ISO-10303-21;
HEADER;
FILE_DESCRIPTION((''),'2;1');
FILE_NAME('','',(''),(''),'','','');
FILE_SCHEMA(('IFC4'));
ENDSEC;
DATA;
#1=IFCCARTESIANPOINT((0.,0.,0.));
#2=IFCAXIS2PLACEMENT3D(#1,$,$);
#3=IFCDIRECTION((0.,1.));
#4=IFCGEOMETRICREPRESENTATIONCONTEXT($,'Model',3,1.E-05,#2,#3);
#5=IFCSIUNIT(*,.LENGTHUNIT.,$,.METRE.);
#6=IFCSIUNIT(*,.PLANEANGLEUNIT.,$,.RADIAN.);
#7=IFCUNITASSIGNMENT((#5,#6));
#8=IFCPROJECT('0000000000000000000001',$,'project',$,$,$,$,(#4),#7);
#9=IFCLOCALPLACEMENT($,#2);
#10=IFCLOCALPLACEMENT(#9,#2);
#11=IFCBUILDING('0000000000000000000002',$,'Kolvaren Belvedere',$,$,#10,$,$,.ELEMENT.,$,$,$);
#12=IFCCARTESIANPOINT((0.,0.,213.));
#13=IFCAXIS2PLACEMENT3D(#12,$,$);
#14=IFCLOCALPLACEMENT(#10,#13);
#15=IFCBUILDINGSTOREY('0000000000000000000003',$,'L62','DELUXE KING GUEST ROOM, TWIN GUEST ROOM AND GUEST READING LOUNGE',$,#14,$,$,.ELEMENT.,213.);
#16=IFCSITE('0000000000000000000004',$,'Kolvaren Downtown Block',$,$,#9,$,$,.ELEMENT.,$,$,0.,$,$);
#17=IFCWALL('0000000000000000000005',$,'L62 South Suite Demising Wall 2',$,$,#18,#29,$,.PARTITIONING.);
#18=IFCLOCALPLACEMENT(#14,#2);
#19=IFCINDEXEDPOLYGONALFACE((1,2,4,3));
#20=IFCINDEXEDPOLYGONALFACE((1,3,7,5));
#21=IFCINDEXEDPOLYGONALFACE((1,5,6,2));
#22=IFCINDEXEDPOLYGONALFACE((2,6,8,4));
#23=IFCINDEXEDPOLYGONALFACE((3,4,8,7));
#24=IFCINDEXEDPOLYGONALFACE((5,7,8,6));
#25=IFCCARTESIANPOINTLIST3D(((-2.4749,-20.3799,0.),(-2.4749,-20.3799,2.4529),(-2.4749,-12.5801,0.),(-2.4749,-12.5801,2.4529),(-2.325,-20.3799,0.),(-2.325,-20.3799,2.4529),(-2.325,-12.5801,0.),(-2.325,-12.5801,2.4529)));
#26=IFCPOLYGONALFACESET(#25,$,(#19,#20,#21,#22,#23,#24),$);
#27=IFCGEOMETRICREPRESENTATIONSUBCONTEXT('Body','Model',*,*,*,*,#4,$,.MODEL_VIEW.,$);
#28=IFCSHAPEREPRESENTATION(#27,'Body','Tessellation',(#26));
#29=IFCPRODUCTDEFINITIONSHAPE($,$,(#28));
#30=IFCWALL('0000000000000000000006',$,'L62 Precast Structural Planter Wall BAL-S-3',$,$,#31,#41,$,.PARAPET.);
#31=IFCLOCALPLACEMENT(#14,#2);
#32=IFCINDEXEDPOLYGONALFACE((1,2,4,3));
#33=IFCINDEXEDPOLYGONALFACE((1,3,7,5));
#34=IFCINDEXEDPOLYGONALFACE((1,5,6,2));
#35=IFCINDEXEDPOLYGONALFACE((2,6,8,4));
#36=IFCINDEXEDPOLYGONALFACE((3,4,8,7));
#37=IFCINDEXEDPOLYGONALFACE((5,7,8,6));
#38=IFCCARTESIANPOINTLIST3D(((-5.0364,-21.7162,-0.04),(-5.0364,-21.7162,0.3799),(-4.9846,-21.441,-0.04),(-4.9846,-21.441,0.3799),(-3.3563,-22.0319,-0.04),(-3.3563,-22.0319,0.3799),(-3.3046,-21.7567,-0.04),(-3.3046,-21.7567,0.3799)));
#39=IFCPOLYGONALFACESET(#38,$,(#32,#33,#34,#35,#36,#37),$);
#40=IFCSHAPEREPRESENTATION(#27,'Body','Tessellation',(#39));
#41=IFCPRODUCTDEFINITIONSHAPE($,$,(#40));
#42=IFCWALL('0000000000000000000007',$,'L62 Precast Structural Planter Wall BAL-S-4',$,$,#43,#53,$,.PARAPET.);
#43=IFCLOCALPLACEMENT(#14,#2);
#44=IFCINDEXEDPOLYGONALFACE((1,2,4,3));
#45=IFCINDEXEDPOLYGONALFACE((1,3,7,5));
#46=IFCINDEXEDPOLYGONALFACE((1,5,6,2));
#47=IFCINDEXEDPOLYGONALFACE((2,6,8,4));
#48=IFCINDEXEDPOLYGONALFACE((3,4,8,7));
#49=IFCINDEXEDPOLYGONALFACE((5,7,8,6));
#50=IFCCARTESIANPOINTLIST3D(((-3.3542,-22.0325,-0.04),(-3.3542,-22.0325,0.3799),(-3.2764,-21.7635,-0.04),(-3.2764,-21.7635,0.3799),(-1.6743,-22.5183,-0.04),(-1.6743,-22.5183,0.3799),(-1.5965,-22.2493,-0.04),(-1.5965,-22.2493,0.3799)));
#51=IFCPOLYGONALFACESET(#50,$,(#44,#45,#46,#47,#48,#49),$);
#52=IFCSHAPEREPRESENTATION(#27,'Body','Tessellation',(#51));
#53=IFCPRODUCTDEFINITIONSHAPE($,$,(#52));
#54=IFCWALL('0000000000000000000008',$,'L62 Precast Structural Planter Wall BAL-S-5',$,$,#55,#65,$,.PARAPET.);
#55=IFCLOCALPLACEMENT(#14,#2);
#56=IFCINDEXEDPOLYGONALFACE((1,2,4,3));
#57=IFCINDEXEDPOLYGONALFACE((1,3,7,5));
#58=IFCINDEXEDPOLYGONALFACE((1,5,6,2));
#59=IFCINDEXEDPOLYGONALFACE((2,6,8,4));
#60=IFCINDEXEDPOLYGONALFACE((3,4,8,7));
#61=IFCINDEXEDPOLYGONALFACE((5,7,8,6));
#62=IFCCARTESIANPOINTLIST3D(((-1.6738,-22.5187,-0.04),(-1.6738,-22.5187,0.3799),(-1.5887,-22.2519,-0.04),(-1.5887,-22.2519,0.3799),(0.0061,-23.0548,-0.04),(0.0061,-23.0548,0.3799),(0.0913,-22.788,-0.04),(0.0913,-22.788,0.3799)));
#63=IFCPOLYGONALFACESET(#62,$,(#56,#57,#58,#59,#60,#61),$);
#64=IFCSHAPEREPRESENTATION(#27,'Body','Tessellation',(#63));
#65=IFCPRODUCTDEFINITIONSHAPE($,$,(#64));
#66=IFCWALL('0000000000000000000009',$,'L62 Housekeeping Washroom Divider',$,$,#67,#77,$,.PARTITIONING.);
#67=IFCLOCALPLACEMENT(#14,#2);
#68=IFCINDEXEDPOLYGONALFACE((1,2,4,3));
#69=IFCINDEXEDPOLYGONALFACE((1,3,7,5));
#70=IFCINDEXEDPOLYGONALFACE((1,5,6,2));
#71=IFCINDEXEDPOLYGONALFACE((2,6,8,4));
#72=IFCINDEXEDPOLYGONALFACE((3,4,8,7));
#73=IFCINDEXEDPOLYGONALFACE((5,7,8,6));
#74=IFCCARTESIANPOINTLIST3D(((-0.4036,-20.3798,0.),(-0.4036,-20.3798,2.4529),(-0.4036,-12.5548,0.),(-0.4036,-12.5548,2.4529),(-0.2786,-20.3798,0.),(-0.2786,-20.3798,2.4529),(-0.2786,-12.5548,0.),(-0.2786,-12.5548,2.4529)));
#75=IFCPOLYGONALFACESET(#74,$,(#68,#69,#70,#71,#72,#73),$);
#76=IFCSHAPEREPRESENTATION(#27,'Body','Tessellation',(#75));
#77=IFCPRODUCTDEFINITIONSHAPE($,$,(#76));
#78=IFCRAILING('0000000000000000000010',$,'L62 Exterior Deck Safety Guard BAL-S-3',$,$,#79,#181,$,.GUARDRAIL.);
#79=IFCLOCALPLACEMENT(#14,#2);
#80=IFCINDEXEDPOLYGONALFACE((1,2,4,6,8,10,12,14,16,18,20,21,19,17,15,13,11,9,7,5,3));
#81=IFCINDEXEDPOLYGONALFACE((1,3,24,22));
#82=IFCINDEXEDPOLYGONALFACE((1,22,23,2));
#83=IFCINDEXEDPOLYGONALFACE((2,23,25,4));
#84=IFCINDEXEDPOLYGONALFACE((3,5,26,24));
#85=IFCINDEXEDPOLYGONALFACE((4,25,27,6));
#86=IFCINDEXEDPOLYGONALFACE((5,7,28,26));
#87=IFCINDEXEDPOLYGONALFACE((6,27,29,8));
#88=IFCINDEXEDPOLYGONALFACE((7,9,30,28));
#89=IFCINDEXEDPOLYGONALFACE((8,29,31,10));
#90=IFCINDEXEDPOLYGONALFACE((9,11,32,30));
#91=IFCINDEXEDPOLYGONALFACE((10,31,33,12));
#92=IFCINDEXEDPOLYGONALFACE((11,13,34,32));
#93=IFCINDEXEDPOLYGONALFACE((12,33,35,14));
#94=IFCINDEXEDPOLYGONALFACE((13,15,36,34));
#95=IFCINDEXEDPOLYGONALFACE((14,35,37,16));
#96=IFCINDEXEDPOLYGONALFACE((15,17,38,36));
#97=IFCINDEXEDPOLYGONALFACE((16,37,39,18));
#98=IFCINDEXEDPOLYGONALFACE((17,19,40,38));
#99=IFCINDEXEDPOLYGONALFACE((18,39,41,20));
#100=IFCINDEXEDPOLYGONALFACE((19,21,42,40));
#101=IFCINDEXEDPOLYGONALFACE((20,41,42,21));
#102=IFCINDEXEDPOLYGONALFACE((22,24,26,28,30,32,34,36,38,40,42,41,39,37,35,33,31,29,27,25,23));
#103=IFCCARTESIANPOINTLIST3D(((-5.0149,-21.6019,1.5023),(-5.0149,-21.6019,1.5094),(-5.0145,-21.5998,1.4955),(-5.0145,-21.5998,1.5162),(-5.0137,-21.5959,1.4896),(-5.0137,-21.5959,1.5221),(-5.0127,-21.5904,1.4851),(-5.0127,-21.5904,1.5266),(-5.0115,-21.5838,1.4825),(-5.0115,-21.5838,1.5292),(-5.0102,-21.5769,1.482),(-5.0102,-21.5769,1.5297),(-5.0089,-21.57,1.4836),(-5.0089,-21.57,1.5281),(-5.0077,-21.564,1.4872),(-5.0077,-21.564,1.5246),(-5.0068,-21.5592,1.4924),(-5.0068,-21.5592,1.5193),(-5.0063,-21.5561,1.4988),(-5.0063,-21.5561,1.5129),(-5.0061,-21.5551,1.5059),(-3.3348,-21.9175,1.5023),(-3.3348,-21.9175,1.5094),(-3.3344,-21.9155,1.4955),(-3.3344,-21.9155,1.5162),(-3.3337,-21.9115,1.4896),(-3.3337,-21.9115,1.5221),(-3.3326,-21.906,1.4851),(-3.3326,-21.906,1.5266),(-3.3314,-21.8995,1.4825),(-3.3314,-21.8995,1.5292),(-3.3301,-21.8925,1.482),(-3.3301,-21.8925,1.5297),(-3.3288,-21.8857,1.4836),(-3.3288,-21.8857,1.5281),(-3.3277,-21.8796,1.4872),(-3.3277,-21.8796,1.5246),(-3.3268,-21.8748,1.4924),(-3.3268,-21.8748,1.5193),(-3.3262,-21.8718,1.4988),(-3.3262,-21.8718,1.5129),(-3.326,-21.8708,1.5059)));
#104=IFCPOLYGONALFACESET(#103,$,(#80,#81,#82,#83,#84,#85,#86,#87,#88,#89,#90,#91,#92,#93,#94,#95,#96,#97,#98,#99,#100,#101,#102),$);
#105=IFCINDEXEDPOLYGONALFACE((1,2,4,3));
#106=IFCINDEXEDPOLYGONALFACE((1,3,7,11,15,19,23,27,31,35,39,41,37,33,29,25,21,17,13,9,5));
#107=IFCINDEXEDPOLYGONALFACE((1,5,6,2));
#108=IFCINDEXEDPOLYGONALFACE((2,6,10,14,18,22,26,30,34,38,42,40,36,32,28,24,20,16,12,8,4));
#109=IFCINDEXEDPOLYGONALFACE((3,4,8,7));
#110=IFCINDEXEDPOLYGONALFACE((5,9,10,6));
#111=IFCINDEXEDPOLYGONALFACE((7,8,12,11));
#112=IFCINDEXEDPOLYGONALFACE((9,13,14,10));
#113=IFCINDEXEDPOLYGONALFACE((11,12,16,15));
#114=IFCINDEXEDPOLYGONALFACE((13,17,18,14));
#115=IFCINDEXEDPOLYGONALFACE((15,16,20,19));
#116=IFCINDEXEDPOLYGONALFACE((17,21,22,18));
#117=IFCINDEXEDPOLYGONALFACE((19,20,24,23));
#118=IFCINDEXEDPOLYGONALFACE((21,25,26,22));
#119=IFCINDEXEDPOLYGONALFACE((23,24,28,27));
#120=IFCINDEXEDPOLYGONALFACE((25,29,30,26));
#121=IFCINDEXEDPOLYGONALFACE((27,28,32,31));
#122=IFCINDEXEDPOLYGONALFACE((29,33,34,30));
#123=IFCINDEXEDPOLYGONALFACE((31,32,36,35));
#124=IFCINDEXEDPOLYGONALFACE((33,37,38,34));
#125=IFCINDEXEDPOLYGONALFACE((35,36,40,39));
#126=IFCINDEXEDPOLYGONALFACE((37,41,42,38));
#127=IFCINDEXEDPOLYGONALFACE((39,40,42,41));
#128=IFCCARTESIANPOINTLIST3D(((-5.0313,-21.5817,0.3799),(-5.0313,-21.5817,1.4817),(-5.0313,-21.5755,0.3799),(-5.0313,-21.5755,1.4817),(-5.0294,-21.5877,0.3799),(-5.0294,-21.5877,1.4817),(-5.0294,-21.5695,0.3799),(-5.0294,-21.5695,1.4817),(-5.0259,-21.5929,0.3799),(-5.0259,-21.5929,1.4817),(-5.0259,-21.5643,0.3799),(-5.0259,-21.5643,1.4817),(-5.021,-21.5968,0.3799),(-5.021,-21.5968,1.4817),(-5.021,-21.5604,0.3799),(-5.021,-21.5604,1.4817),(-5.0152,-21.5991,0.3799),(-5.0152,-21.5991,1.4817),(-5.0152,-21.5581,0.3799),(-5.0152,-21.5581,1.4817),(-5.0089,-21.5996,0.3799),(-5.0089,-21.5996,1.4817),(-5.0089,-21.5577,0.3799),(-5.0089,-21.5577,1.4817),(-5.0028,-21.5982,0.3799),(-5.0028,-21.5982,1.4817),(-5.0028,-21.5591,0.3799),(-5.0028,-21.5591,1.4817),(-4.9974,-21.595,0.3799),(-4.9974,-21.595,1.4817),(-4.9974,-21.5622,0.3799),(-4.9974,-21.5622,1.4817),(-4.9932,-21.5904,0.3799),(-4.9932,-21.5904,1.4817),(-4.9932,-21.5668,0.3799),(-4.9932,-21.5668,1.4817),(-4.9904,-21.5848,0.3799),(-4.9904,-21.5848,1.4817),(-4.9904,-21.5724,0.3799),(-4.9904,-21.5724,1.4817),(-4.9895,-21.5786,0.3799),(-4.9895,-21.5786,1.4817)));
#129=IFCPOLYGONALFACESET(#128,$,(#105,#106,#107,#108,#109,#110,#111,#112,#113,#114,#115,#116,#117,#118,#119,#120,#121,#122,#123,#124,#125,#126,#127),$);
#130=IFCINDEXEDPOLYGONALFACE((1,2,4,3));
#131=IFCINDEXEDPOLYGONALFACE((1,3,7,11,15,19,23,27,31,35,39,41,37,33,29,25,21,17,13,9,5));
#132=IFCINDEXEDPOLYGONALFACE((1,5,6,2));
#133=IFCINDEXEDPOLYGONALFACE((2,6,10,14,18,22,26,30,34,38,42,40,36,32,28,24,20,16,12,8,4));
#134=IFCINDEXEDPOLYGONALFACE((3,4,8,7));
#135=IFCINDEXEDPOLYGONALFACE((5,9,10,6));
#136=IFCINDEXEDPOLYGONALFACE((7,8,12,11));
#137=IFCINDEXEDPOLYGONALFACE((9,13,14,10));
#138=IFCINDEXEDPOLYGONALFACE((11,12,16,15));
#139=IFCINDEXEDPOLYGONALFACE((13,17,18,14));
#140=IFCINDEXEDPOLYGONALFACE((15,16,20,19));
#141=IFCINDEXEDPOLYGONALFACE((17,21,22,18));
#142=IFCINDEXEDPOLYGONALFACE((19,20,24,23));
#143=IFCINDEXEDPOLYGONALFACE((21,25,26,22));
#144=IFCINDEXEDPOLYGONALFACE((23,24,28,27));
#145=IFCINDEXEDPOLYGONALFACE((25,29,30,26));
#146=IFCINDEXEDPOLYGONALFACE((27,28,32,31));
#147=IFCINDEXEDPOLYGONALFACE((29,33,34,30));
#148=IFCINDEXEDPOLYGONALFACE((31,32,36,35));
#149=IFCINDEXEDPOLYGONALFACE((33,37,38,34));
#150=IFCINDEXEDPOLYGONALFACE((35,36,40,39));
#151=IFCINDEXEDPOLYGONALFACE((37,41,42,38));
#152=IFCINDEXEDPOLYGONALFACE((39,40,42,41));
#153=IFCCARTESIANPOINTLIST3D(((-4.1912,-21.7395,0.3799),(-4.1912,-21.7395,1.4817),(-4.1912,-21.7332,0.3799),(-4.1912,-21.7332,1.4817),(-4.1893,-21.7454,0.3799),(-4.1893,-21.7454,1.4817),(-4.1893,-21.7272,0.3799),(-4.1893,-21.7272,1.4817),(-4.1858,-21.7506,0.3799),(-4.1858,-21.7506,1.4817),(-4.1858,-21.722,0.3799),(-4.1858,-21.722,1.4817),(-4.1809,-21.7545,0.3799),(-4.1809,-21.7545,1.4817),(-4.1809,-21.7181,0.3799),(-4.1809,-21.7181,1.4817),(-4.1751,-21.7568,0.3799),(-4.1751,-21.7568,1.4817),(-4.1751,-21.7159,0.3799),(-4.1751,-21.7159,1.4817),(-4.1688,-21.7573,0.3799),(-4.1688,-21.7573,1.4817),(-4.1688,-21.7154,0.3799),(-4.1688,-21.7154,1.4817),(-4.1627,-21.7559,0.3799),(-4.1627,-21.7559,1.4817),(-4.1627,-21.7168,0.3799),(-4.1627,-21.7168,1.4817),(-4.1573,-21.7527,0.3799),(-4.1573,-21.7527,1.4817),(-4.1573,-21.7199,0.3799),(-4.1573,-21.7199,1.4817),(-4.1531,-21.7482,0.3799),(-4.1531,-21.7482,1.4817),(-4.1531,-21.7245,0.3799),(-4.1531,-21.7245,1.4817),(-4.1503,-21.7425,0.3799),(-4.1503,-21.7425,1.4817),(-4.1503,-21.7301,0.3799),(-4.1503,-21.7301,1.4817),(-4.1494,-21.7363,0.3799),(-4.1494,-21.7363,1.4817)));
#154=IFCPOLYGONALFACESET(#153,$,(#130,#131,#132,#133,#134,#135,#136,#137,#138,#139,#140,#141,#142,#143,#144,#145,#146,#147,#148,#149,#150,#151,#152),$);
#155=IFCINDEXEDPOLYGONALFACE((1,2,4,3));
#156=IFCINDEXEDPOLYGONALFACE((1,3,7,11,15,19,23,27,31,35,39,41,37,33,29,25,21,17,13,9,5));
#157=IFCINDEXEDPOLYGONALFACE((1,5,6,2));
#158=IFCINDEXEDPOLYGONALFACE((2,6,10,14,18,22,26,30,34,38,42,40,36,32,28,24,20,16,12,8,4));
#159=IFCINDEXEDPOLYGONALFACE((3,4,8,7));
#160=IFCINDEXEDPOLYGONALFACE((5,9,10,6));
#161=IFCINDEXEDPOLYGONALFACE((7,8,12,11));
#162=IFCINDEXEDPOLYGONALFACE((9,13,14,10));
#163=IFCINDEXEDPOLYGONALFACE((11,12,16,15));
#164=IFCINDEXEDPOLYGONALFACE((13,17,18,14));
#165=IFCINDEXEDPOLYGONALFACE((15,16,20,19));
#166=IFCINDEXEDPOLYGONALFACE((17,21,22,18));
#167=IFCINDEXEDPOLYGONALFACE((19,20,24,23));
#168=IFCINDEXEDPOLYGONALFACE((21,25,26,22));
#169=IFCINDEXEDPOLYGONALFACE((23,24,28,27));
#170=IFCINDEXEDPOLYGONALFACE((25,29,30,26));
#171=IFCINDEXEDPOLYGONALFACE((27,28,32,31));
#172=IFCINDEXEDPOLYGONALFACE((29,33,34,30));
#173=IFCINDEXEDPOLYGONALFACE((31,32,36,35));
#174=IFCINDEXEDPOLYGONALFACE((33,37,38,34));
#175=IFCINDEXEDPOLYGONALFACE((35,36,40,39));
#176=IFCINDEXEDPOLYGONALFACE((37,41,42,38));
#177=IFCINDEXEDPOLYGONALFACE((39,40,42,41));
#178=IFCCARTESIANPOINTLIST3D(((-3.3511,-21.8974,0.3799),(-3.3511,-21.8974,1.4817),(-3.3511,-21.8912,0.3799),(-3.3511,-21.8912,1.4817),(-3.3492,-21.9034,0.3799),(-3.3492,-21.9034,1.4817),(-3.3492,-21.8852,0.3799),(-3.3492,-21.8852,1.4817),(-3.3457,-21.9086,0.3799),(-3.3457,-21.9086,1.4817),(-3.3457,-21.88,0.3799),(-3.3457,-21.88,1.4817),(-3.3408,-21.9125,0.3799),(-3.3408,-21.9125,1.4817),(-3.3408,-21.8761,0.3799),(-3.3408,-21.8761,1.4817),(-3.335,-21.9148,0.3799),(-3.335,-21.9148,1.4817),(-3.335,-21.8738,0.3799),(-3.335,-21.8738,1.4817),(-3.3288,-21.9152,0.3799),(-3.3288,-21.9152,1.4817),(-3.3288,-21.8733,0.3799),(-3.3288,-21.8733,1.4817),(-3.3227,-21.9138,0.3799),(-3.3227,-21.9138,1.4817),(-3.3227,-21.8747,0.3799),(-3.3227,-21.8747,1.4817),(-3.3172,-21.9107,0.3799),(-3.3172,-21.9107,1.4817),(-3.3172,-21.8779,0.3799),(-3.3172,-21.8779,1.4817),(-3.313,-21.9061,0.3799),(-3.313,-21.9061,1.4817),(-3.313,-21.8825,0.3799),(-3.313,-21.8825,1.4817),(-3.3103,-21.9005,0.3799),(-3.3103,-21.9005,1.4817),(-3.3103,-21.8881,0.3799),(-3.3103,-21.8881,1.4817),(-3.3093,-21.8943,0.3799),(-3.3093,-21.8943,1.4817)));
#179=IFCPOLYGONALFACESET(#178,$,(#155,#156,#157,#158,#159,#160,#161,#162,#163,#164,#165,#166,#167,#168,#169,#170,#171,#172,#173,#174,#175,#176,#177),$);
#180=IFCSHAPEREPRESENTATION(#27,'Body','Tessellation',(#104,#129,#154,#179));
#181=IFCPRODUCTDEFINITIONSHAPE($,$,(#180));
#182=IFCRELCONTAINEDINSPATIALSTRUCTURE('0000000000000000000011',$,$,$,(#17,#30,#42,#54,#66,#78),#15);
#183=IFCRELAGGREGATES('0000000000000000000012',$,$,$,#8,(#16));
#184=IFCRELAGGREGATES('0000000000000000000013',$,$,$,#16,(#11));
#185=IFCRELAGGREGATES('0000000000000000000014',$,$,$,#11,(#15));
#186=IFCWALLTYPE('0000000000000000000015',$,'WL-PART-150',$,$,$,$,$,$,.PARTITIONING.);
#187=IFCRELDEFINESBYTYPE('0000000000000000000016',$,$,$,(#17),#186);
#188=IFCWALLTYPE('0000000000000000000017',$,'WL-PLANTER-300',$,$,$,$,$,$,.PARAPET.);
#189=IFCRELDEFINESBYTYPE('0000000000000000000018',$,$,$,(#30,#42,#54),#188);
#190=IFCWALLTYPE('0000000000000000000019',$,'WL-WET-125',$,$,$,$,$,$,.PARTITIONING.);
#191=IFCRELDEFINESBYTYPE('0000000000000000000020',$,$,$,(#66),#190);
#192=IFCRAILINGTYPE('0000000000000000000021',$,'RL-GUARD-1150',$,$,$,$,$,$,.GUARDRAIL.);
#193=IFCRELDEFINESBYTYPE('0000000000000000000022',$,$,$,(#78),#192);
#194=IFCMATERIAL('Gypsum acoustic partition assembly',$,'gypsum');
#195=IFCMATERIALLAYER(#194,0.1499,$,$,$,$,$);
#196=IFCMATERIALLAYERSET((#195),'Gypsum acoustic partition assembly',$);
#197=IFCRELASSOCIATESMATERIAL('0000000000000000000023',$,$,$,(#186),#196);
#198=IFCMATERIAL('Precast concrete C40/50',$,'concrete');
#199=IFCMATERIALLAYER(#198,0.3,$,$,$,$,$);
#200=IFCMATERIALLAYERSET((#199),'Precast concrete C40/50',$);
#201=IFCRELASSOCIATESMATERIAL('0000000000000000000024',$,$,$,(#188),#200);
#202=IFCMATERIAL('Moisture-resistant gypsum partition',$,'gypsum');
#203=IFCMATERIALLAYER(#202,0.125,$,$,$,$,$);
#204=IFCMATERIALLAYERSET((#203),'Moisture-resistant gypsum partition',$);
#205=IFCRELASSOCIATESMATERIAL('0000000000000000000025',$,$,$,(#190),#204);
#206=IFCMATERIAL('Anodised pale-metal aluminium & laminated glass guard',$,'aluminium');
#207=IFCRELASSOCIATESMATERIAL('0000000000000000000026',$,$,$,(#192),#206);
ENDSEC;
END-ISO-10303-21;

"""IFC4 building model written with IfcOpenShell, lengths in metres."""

from ifc_helpers import new_model, si_unit, direction, frame, frame_2d, origin, origin_2d, place, context, subcontext, project, spatial, rectangle, circle, extrude, material, layer, layer_set, type_object, element, save


model = new_model("IFC4")

# Units and contexts
model_context = context("Model", 3, precision=1e-05, world=origin(), true_north=direction((0.0, 1.0)))
body_context = subcontext(model_context, "Body", "Model", "MODEL_VIEW")
ifc_project = project(units=[si_unit("LENGTHUNIT", "METRE"), si_unit("PLANEANGLEUNIT", "RADIAN")], contexts=[model_context])

# Site, building, storey
site_placement = place(None, origin())
site = spatial("IfcSite", under=ifc_project, at=site_placement, Name="Kolvaren Downtown Block", CompositionType="ELEMENT", RefElevation=0.0)
building_placement = place(site_placement, origin())
building = spatial("IfcBuilding", under=site, at=building_placement, Name="Kolvaren Belvedere", CompositionType="ELEMENT")
storey_placement = place(building_placement, frame((0.0, 0.0, 213.0)))
storey = spatial("IfcBuildingStorey", under=building, at=storey_placement, Name="L62", Description="DELUXE KING GUEST ROOM, TWIN GUEST ROOM AND GUEST READING LOUNGE", CompositionType="ELEMENT", Elevation=213.0)

# Walls
ifc_material_1 = material(Name="Gypsum acoustic partition assembly", Category="gypsum")
ifc_layer_1 = layer(ifc_material_1, 0.1499)
ifc_layer_set_1 = layer_set([ifc_layer_1], Name="Gypsum acoustic partition assembly")
wall_type_1 = type_object("IfcWallType", Name="WL-PART-150", PredefinedType="PARTITIONING", material=ifc_layer_set_1)
wall_1_placement = place(storey_placement, frame((-2.3999, -20.3799, 0.0), z_axis=(0.0, 0.0, 1.0), x_axis=(0.0, 1.0, 0.0)))
element("IfcWall", 1, at=wall_1_placement, inside=storey, type_object=wall_type_1, Name="L62 South Suite Demising Wall 2", PredefinedType="PARTITIONING", context=body_context, shape_type="SweptSolid", body=[
    extrude(rectangle(XDim=7.7998, YDim=0.1499, at=frame_2d((3.8999, 0.0))), origin(), (0.0, 0.0, 1.0), 2.4529),
])
ifc_material_2 = material(Name="Precast concrete C40/50", Category="concrete")
ifc_layer_2 = layer(ifc_material_2, 0.3)
ifc_layer_set_2 = layer_set([ifc_layer_2], Name="Precast concrete C40/50")
wall_type_2 = type_object("IfcWallType", Name="WL-PLANTER-300", PredefinedType="PARAPET", material=ifc_layer_set_2)
wall_2_placement = place(storey_placement, frame((-5.0105, -21.5786, -0.04), z_axis=(0.0, 0.0, 1.0), x_axis=(0.982804, -0.184651, 0.0)))
element("IfcWall", 2, at=wall_2_placement, inside=storey, type_object=wall_type_2, Name="L62 Precast Structural Planter Wall BAL-S-3", PredefinedType="PARAPET", context=body_context, shape_type="SweptSolid", body=[
    extrude(rectangle(XDim=1.7095, YDim=0.28, at=frame_2d((0.8547, 0.0))), origin(), (0.0, 0.0, 1.0), 0.4199),
])
wall_3_placement = place(storey_placement, frame((-3.3154, -21.8979, -0.04), z_axis=(0.0, 0.0, 1.0), x_axis=(0.960634, -0.277817, 0.0)))
element("IfcWall", 3, at=wall_3_placement, inside=storey, type_object=wall_type_2, Name="L62 Precast Structural Planter Wall BAL-S-4", PredefinedType="PARAPET", context=body_context, shape_type="SweptSolid", body=[
    extrude(rectangle(XDim=1.7488, YDim=0.28, at=frame_2d((0.8745, 0.0))), origin(), (0.0, 0.0, 1.0), 0.4199),
])
wall_4_placement = place(storey_placement, frame((-1.6313, -22.3853, -0.04), z_axis=(0.0, 0.0, 1.0), x_axis=(0.952662, -0.304032, 0.0)))
element("IfcWall", 4, at=wall_4_placement, inside=storey, type_object=wall_type_2, Name="L62 Precast Structural Planter Wall BAL-S-5", PredefinedType="PARAPET", context=body_context, shape_type="SweptSolid", body=[
    extrude(rectangle(XDim=1.7634, YDim=0.28, at=frame_2d((0.8818, 0.0))), origin(), (0.0, 0.0, 1.0), 0.4199),
])
ifc_material_3 = material(Name="Moisture-resistant gypsum partition", Category="gypsum")
ifc_layer_3 = layer(ifc_material_3, 0.125)
ifc_layer_set_3 = layer_set([ifc_layer_3], Name="Moisture-resistant gypsum partition")
wall_type_3 = type_object("IfcWallType", Name="WL-WET-125", PredefinedType="PARTITIONING", material=ifc_layer_set_3)
wall_5_placement = place(storey_placement, frame((-0.3411, -20.3799, 0.0), z_axis=(0.0, 0.0, 1.0), x_axis=(0.0, 1.0, 0.0)))
element("IfcWall", 5, at=wall_5_placement, inside=storey, type_object=wall_type_3, Name="L62 Housekeeping Washroom Divider", PredefinedType="PARTITIONING", context=body_context, shape_type="SweptSolid", body=[
    extrude(rectangle(XDim=7.825, YDim=0.125, at=frame_2d((3.9126, 0.0))), origin(), (0.0, 0.0, 1.0), 2.4529),
])

# Railing
ifc_material_4 = material(Name="Anodised pale-metal aluminium & laminated glass guard", Category="aluminium")
railing_type = type_object("IfcRailingType", Name="RL-GUARD-1150", PredefinedType="GUARDRAIL", material=ifc_material_4)
railing_1_placement = place(storey_placement, frame((-5.0105, -21.5786, 0.3799)))
element("IfcRailing", 6, at=railing_1_placement, inside=storey, type_object=railing_type, Name="L62 Exterior Deck Safety Guard BAL-S-3", PredefinedType="GUARDRAIL", context=body_context, shape_type="SweptSolid", body=[
    extrude(circle(Radius=0.0239, at=origin_2d()), frame((0.0, 0.0, 1.126), z_axis=(0.982804, -0.184651, 0.0), x_axis=(0.184651, 0.982804, 0.0)), (0.0, 0.0, 1.0), 1.7095),
    extrude(circle(Radius=0.021, at=origin_2d()), origin(), (0.0, 0.0, 1.0), 1.1018),
    extrude(circle(Radius=0.021, at=origin_2d()), frame((0.8401, -0.1577, 0.0)), (0.0, 0.0, 1.0), 1.1018),
    extrude(circle(Radius=0.021, at=origin_2d()), frame((1.6802, -0.3157, 0.0)), (0.0, 0.0, 1.0), 1.1018),
])

save(model, "model.ifc")
